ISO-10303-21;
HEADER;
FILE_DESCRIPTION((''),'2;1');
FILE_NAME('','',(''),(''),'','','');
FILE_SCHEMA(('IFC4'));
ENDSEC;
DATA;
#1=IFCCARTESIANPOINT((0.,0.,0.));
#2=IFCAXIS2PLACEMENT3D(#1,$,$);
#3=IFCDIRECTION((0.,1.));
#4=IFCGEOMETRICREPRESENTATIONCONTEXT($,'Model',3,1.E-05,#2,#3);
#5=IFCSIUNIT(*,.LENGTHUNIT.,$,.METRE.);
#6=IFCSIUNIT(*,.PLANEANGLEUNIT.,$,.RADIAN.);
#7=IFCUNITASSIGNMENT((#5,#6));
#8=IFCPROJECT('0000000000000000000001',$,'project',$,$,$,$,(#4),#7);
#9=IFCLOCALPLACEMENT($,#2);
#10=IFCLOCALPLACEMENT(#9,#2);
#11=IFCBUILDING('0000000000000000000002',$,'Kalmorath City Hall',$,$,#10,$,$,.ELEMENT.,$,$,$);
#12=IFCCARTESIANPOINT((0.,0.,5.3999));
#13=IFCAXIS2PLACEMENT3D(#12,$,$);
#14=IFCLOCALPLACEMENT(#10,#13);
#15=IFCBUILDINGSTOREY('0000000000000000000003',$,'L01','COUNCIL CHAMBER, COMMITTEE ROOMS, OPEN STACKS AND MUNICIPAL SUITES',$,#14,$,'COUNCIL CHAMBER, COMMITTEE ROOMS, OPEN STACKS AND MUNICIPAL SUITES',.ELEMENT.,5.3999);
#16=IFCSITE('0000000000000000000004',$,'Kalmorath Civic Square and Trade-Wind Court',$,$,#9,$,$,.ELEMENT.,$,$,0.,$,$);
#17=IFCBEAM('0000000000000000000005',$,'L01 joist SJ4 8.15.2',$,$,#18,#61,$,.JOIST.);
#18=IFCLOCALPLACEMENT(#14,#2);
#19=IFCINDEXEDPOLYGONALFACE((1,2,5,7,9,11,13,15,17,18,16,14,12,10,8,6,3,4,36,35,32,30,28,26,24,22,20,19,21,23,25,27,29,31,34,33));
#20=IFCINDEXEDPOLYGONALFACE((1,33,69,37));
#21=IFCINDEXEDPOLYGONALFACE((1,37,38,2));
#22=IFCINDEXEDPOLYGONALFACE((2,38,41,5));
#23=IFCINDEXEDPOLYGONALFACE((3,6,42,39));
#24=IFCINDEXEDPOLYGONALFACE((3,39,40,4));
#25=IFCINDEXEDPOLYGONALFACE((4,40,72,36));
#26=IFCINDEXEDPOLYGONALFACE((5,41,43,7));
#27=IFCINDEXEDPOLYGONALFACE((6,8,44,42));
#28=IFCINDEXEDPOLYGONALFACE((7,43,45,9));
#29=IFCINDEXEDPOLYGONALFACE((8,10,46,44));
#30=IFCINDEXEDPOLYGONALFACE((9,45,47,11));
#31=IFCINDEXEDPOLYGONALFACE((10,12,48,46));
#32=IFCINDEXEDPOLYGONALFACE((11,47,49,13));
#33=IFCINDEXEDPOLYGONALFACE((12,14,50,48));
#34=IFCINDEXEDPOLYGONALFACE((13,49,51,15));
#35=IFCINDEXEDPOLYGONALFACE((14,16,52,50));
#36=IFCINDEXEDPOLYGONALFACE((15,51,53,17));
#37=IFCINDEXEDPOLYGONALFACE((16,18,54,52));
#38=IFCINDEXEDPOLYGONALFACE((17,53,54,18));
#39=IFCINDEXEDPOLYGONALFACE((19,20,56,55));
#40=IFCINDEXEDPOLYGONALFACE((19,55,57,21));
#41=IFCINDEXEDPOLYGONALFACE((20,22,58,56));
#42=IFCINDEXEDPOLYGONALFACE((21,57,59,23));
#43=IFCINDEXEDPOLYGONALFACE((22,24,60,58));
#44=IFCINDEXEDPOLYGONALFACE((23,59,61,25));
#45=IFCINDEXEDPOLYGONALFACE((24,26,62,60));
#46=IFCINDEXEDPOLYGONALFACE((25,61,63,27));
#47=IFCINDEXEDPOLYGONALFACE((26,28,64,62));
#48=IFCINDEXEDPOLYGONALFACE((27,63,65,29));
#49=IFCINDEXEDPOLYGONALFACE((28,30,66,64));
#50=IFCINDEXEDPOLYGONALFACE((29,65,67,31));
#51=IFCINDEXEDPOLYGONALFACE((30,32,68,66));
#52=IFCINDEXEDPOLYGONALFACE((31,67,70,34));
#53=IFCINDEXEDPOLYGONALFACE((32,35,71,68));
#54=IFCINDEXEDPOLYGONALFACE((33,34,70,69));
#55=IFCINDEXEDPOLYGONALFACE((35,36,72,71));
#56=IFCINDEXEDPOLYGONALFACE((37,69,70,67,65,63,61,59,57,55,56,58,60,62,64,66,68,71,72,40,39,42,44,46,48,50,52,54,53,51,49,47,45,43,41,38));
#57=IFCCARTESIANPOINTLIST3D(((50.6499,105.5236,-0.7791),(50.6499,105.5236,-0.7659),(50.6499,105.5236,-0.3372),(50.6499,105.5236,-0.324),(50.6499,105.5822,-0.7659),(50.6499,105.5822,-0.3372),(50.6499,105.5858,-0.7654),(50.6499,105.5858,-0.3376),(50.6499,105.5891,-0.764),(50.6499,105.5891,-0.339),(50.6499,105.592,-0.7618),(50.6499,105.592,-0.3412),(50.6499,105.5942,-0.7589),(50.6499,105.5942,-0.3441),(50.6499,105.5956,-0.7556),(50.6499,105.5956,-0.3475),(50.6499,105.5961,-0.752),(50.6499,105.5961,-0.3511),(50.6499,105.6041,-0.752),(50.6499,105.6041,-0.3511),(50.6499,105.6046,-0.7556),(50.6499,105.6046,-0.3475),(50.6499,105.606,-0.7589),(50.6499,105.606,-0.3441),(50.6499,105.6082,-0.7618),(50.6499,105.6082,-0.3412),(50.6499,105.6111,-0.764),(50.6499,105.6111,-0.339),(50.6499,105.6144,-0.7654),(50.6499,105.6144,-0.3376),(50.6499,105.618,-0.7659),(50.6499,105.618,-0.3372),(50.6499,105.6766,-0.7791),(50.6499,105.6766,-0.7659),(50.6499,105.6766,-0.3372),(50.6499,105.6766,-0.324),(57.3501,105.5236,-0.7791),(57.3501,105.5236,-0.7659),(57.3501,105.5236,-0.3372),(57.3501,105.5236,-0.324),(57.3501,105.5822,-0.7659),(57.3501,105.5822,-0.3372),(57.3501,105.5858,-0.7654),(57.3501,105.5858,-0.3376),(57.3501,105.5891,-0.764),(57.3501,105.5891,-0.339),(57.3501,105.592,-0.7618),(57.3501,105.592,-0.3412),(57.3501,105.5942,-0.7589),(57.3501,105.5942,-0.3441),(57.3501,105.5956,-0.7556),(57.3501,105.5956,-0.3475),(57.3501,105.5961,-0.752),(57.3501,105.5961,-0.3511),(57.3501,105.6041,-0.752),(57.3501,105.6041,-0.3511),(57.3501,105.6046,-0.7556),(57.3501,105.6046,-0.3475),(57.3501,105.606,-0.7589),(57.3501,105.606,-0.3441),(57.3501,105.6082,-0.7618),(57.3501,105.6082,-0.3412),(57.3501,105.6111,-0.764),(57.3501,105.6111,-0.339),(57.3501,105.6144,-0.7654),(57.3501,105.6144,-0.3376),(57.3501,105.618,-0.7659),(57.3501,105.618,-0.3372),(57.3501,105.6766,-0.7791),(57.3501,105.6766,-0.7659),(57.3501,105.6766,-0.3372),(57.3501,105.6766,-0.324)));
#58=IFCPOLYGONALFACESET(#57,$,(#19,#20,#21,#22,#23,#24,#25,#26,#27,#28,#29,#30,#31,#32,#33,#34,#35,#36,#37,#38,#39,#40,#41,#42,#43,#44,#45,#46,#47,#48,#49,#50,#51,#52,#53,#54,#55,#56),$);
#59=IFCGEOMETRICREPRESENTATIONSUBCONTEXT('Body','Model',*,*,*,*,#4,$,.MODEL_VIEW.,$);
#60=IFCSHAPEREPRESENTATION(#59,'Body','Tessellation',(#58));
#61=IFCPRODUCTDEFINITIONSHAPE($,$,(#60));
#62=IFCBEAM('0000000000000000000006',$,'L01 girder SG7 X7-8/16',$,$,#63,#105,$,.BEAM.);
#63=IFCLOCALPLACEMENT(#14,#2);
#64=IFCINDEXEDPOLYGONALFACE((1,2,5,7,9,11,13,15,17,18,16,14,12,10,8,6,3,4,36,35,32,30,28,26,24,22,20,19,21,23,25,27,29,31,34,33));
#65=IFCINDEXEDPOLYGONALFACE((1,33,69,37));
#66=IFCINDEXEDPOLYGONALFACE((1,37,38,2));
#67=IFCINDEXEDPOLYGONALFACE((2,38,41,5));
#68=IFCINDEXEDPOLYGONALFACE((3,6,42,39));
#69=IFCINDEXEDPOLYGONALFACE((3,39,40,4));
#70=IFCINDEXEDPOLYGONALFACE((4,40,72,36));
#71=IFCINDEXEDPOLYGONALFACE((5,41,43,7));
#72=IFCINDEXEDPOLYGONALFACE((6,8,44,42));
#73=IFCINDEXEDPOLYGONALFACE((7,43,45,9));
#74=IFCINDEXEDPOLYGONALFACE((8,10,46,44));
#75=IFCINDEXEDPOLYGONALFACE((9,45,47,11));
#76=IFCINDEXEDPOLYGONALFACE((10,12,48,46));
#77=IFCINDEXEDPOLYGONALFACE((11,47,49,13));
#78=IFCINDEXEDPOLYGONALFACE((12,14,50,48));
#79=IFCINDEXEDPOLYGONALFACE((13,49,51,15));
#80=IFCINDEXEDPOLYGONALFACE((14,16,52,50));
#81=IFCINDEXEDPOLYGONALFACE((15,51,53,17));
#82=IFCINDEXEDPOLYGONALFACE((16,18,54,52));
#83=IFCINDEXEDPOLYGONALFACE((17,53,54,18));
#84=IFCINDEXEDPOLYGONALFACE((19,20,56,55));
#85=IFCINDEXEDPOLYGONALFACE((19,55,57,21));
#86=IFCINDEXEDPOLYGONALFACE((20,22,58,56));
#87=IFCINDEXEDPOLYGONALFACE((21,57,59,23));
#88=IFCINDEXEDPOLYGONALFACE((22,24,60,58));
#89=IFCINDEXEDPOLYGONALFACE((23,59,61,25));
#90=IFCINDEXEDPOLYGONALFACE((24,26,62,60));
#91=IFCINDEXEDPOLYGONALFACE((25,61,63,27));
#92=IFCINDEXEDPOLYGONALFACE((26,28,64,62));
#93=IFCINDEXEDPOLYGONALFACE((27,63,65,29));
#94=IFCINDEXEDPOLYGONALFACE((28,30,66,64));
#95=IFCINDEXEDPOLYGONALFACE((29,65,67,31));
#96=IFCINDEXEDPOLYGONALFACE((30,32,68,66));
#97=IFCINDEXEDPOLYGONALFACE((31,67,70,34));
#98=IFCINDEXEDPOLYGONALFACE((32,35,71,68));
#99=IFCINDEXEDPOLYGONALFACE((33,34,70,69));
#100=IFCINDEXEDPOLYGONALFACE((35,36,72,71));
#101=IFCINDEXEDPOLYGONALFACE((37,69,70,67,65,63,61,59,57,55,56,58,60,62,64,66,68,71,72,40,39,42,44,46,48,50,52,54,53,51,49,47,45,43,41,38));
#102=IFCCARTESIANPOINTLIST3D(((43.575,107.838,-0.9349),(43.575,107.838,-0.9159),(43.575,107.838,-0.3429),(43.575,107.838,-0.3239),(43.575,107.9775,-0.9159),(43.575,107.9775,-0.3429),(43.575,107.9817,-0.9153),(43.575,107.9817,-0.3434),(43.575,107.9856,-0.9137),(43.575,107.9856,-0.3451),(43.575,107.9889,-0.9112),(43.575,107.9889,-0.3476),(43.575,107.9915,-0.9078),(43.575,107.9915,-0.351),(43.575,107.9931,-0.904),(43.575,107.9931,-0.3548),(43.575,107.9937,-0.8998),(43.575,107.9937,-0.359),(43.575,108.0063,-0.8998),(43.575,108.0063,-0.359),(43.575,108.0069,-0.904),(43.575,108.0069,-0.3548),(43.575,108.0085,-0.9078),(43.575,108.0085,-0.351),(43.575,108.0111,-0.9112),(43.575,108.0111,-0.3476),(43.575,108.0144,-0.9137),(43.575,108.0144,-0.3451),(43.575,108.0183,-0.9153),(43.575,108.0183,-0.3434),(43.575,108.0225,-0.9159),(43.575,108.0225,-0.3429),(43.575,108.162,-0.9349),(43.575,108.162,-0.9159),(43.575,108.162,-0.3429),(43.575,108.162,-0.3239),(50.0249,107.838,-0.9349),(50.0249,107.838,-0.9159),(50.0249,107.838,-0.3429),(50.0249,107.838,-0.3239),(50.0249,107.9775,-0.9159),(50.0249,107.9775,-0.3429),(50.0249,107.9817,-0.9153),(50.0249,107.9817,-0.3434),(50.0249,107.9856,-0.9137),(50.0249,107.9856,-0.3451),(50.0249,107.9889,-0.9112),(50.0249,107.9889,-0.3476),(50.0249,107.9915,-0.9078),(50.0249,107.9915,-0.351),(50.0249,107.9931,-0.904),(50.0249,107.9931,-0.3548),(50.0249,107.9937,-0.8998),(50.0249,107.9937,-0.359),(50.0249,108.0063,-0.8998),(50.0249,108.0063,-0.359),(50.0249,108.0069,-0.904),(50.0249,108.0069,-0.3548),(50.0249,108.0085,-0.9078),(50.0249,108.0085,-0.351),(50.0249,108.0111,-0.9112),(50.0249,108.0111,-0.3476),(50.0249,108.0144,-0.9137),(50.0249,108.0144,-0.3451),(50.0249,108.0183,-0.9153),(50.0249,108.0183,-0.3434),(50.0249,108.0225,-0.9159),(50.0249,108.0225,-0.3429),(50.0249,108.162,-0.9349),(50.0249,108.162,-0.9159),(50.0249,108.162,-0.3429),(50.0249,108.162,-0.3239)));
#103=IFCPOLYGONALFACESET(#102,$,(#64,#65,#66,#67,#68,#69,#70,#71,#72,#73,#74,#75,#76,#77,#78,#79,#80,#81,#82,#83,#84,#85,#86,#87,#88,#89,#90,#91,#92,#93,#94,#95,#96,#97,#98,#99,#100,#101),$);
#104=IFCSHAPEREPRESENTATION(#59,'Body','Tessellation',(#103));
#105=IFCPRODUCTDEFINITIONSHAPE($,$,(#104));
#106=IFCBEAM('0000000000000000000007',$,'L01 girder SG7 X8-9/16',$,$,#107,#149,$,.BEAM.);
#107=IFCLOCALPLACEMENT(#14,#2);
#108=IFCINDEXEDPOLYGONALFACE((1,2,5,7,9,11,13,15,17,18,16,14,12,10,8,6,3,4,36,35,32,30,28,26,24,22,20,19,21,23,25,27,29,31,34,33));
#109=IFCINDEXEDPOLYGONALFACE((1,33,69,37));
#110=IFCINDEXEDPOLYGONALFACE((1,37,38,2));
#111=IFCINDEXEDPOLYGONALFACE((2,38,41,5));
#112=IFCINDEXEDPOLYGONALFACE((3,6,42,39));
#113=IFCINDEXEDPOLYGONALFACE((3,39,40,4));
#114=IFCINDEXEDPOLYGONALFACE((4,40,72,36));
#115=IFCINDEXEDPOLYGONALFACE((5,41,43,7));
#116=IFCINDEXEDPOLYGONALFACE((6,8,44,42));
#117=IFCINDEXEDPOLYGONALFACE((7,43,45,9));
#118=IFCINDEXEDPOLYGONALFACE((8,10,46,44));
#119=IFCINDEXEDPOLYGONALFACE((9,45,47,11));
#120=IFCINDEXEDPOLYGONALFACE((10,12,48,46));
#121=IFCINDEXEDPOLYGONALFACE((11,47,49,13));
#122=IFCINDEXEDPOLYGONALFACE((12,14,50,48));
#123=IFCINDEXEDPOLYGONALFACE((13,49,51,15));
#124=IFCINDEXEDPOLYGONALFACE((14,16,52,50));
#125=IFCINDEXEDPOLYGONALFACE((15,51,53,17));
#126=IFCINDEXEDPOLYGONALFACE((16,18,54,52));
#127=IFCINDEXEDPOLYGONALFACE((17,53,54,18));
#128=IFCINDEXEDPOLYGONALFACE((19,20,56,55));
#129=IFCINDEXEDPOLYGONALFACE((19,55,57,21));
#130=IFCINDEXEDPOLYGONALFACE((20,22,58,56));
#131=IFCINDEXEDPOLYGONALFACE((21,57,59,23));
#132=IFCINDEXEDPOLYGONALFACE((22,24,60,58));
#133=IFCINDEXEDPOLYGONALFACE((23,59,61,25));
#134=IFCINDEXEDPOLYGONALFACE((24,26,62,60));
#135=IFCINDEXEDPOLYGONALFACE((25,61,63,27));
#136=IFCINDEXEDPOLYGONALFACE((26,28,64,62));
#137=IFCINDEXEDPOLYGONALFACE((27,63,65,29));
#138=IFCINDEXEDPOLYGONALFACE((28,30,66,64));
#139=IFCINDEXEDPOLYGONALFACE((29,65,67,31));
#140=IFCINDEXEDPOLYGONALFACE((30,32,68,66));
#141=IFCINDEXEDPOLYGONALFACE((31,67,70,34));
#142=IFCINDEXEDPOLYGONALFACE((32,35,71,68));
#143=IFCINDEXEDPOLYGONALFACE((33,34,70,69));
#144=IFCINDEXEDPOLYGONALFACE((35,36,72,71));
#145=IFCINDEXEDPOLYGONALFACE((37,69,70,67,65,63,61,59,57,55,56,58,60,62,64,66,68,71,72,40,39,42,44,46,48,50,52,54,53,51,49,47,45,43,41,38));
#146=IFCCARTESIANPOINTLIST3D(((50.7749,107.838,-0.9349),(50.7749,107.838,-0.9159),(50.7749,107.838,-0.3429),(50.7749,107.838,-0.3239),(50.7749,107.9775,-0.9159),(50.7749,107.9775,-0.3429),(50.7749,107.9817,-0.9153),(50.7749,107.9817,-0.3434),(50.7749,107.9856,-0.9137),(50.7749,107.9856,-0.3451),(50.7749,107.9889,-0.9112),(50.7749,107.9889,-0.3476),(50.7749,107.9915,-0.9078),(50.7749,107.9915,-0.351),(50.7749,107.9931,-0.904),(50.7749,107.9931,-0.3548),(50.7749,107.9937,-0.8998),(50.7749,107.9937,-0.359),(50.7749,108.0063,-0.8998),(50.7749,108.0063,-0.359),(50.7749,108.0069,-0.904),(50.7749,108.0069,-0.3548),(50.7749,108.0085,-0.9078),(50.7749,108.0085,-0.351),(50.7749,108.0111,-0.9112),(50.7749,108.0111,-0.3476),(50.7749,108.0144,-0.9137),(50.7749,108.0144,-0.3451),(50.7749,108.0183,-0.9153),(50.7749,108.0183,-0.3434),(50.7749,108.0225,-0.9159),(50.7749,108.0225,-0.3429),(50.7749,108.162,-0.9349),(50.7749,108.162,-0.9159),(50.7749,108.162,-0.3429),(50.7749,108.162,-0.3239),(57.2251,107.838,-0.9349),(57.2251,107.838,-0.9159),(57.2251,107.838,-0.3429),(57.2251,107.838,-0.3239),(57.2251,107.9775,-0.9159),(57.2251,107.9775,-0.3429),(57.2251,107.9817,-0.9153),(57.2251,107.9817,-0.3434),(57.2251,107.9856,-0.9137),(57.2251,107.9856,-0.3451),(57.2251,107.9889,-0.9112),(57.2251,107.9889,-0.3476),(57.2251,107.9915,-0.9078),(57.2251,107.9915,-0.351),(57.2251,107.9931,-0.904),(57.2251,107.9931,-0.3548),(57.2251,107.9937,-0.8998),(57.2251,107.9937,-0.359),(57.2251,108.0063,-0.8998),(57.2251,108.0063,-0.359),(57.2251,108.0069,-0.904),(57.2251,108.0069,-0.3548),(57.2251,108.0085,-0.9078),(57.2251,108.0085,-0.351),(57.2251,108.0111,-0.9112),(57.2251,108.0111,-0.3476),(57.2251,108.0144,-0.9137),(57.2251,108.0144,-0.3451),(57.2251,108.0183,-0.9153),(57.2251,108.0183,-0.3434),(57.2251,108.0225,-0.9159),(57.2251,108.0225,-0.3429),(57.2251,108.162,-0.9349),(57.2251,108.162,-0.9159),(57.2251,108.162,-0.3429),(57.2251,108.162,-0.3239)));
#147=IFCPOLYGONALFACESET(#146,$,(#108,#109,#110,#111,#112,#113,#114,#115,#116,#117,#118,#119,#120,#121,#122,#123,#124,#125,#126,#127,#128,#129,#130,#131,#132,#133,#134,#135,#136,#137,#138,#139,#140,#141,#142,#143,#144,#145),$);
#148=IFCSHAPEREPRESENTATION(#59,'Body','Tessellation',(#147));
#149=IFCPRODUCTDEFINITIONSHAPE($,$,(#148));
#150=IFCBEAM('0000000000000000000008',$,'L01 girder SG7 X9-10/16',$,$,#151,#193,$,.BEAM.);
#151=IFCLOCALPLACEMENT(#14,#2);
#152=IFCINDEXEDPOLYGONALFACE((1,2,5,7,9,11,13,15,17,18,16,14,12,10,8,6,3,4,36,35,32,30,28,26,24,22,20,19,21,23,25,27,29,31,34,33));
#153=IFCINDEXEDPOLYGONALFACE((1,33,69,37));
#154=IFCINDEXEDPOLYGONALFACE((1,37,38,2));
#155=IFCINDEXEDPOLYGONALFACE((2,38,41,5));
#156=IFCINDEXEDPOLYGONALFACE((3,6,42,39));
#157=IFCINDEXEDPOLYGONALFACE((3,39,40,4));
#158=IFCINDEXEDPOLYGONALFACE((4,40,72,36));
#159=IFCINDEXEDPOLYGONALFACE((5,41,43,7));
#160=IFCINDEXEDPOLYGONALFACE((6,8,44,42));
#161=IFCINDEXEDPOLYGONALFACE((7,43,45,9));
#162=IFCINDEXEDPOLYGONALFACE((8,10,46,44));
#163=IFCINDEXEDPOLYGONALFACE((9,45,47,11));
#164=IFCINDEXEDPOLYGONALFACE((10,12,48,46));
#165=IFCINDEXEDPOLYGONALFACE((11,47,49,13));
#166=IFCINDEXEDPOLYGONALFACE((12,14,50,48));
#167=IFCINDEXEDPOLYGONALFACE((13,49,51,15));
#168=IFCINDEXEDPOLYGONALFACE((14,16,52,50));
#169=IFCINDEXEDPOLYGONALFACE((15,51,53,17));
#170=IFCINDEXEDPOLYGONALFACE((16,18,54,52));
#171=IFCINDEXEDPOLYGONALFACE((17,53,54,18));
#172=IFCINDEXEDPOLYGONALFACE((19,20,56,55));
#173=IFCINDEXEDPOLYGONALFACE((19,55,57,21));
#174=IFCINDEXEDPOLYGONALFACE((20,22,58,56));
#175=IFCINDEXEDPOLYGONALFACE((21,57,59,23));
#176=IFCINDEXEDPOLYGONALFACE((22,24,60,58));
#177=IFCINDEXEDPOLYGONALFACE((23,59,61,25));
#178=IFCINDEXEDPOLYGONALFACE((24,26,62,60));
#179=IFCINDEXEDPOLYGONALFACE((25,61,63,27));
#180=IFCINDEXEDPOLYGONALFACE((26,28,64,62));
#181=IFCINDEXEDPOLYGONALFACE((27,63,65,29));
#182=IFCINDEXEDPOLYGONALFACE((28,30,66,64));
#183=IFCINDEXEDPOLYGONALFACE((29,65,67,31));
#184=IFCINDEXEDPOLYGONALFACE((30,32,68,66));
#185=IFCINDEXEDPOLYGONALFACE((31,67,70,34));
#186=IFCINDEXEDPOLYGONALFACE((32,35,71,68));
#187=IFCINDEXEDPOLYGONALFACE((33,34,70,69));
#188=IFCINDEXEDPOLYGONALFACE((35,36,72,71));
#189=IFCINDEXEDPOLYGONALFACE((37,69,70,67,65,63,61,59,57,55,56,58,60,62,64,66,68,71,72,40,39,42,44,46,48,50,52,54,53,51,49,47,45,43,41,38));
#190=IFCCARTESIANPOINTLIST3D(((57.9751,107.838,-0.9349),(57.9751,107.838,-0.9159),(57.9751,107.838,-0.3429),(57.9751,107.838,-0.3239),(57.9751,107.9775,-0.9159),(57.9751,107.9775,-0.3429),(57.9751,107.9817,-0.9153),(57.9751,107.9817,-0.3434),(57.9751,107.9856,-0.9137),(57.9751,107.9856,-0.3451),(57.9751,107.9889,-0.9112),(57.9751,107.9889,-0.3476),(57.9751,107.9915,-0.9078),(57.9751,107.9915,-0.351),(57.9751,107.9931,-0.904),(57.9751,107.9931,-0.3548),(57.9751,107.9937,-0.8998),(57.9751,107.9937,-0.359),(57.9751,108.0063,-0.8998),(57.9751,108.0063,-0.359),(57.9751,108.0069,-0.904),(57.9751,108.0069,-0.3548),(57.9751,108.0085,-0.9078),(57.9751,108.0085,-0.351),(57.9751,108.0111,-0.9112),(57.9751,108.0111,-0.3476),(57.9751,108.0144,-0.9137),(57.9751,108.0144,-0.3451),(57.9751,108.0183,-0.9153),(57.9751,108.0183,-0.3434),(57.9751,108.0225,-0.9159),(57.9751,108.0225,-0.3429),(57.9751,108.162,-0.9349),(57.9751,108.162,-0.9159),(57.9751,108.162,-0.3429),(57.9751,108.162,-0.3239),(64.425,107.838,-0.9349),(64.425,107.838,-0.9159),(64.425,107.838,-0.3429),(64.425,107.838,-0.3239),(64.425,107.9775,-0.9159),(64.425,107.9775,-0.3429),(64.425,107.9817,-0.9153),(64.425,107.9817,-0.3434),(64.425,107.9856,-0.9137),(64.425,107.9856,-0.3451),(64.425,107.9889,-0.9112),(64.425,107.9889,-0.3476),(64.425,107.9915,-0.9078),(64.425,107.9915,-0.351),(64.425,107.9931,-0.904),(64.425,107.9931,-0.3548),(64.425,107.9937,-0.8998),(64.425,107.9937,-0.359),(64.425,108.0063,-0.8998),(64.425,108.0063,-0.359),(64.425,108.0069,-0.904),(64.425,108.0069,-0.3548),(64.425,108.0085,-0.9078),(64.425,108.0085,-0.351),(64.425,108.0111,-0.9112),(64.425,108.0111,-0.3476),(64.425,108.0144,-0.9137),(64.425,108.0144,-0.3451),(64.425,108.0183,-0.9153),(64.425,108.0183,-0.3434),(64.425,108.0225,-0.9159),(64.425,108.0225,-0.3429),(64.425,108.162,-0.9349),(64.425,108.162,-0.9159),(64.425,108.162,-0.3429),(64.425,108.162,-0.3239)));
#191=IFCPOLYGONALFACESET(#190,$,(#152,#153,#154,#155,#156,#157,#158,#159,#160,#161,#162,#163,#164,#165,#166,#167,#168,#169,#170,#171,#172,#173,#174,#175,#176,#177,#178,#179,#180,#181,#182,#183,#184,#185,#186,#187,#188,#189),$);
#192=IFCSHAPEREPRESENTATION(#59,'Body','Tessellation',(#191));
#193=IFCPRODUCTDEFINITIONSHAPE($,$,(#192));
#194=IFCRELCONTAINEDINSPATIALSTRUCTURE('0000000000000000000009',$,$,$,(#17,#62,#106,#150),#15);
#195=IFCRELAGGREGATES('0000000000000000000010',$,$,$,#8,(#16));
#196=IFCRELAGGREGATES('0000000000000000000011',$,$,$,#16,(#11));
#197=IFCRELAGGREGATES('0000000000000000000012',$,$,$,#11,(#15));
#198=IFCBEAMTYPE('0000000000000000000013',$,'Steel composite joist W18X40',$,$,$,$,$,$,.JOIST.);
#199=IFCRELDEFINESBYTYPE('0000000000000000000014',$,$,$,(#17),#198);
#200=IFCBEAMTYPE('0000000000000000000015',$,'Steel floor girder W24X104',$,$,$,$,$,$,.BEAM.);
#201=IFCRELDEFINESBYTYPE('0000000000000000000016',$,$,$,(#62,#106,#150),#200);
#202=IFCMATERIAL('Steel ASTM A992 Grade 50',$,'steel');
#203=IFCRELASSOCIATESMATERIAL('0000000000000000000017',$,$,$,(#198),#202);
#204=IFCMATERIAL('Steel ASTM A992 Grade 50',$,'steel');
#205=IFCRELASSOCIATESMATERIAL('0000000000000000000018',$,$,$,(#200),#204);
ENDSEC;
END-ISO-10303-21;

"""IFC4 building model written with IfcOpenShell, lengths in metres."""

from ifc_helpers import new_model, si_unit, direction, frame, origin, origin_2d, place, context, subcontext, project, spatial, i_section, extrude, material, material_profile, profile_set, type_object, element, save


model = new_model("IFC4")

# Units and contexts
model_context = context("Model", 3, precision=1e-05, world=origin(), true_north=direction((0.0, 1.0)))
body_context = subcontext(model_context, "Body", "Model", "MODEL_VIEW")
ifc_project = project(units=[si_unit("LENGTHUNIT", "METRE"), si_unit("PLANEANGLEUNIT", "RADIAN")], contexts=[model_context])

# Site, building, storey
site_placement = place(None, origin())
site = spatial("IfcSite", under=ifc_project, at=site_placement, Name="Kalmorath Civic Square and Trade-Wind Court", CompositionType="ELEMENT", RefElevation=0.0)
building_placement = place(site_placement, origin())
building = spatial("IfcBuilding", under=site, at=building_placement, Name="Kalmorath City Hall", CompositionType="ELEMENT")
storey_placement = place(building_placement, frame((0.0, 0.0, 5.3999)))
storey = spatial("IfcBuildingStorey", under=building, at=storey_placement, Name="L01", Description="COUNCIL CHAMBER, COMMITTEE ROOMS, OPEN STACKS AND MUNICIPAL SUITES", LongName="COUNCIL CHAMBER, COMMITTEE ROOMS, OPEN STACKS AND MUNICIPAL SUITES", CompositionType="ELEMENT", Elevation=5.3999)

# Beams
ifc_material_1 = material(Name="Steel ASTM A992 Grade 50", Category="steel")
ifc_material_profile_1 = material_profile(ifc_material_1, i_section(OverallWidth=0.1531, OverallDepth=0.4551, WebThickness=0.0081, FlangeThickness=0.0132, FilletRadius=0.0139, at=origin_2d()), Name="W18X40")
ifc_profile_set_1 = profile_set([ifc_material_profile_1], Name="Steel ASTM A992 Grade 50")
beam_type_1 = type_object("IfcBeamType", Name="Steel composite joist W18X40", PredefinedType="JOIST", material=ifc_profile_set_1)
beam_1_placement = place(storey_placement, frame((50.6499, 105.6001, -0.5515), z_axis=(1.0, 0.0, 0.0), x_axis=(0.0, 1.0, 0.0)))
element("IfcBeam", 1, at=beam_1_placement, inside=storey, type_object=beam_type_1, Name="L01 joist SJ4 8.15.2", PredefinedType="JOIST", context=body_context, shape_type="SweptSolid", body=[
    extrude(i_section(OverallWidth=0.1531, OverallDepth=0.4551, WebThickness=0.0081, FlangeThickness=0.0132, FilletRadius=0.0139, at=origin_2d()), origin(), (0.0, 0.0, 1.0), 6.7002),
])
ifc_material_2 = material(Name="Steel ASTM A992 Grade 50", Category="steel")
ifc_material_profile_2 = material_profile(ifc_material_2, i_section(OverallWidth=0.324, OverallDepth=0.6111, WebThickness=0.0127, FlangeThickness=0.019, FilletRadius=0.0161, at=origin_2d()), Name="W24X104")
ifc_profile_set_2 = profile_set([ifc_material_profile_2], Name="Steel ASTM A992 Grade 50")
beam_type_2 = type_object("IfcBeamType", Name="Steel floor girder W24X104", PredefinedType="BEAM", material=ifc_profile_set_2)
beam_2_placement = place(storey_placement, frame((43.575, 108.0, -0.6294), z_axis=(1.0, 0.0, 0.0), x_axis=(0.0, 1.0, 0.0)))
element("IfcBeam", 2, at=beam_2_placement, inside=storey, type_object=beam_type_2, Name="L01 girder SG7 X7-8/16", PredefinedType="BEAM", context=body_context, shape_type="SweptSolid", body=[
    extrude(i_section(OverallWidth=0.324, OverallDepth=0.6111, WebThickness=0.0127, FlangeThickness=0.019, FilletRadius=0.0161, at=origin_2d()), origin(), (0.0, 0.0, 1.0), 6.45),
])
beam_3_placement = place(storey_placement, frame((50.7749, 108.0, -0.6294), z_axis=(1.0, 0.0, 0.0), x_axis=(0.0, 1.0, 0.0)))
element("IfcBeam", 3, at=beam_3_placement, inside=storey, type_object=beam_type_2, Name="L01 girder SG7 X8-9/16", PredefinedType="BEAM", context=body_context, shape_type="SweptSolid", body=[
    extrude(i_section(OverallWidth=0.324, OverallDepth=0.6111, WebThickness=0.0127, FlangeThickness=0.019, FilletRadius=0.0161, at=origin_2d()), origin(), (0.0, 0.0, 1.0), 6.4502),
])
beam_4_placement = place(storey_placement, frame((57.9751, 108.0, -0.6294), z_axis=(1.0, 0.0, 0.0), x_axis=(0.0, 1.0, 0.0)))
element("IfcBeam", 4, at=beam_4_placement, inside=storey, type_object=beam_type_2, Name="L01 girder SG7 X9-10/16", PredefinedType="BEAM", context=body_context, shape_type="SweptSolid", body=[
    extrude(i_section(OverallWidth=0.324, OverallDepth=0.6111, WebThickness=0.0127, FlangeThickness=0.019, FilletRadius=0.0161, at=origin_2d()), origin(), (0.0, 0.0, 1.0), 6.45),
])

save(model, "model.ifc")
